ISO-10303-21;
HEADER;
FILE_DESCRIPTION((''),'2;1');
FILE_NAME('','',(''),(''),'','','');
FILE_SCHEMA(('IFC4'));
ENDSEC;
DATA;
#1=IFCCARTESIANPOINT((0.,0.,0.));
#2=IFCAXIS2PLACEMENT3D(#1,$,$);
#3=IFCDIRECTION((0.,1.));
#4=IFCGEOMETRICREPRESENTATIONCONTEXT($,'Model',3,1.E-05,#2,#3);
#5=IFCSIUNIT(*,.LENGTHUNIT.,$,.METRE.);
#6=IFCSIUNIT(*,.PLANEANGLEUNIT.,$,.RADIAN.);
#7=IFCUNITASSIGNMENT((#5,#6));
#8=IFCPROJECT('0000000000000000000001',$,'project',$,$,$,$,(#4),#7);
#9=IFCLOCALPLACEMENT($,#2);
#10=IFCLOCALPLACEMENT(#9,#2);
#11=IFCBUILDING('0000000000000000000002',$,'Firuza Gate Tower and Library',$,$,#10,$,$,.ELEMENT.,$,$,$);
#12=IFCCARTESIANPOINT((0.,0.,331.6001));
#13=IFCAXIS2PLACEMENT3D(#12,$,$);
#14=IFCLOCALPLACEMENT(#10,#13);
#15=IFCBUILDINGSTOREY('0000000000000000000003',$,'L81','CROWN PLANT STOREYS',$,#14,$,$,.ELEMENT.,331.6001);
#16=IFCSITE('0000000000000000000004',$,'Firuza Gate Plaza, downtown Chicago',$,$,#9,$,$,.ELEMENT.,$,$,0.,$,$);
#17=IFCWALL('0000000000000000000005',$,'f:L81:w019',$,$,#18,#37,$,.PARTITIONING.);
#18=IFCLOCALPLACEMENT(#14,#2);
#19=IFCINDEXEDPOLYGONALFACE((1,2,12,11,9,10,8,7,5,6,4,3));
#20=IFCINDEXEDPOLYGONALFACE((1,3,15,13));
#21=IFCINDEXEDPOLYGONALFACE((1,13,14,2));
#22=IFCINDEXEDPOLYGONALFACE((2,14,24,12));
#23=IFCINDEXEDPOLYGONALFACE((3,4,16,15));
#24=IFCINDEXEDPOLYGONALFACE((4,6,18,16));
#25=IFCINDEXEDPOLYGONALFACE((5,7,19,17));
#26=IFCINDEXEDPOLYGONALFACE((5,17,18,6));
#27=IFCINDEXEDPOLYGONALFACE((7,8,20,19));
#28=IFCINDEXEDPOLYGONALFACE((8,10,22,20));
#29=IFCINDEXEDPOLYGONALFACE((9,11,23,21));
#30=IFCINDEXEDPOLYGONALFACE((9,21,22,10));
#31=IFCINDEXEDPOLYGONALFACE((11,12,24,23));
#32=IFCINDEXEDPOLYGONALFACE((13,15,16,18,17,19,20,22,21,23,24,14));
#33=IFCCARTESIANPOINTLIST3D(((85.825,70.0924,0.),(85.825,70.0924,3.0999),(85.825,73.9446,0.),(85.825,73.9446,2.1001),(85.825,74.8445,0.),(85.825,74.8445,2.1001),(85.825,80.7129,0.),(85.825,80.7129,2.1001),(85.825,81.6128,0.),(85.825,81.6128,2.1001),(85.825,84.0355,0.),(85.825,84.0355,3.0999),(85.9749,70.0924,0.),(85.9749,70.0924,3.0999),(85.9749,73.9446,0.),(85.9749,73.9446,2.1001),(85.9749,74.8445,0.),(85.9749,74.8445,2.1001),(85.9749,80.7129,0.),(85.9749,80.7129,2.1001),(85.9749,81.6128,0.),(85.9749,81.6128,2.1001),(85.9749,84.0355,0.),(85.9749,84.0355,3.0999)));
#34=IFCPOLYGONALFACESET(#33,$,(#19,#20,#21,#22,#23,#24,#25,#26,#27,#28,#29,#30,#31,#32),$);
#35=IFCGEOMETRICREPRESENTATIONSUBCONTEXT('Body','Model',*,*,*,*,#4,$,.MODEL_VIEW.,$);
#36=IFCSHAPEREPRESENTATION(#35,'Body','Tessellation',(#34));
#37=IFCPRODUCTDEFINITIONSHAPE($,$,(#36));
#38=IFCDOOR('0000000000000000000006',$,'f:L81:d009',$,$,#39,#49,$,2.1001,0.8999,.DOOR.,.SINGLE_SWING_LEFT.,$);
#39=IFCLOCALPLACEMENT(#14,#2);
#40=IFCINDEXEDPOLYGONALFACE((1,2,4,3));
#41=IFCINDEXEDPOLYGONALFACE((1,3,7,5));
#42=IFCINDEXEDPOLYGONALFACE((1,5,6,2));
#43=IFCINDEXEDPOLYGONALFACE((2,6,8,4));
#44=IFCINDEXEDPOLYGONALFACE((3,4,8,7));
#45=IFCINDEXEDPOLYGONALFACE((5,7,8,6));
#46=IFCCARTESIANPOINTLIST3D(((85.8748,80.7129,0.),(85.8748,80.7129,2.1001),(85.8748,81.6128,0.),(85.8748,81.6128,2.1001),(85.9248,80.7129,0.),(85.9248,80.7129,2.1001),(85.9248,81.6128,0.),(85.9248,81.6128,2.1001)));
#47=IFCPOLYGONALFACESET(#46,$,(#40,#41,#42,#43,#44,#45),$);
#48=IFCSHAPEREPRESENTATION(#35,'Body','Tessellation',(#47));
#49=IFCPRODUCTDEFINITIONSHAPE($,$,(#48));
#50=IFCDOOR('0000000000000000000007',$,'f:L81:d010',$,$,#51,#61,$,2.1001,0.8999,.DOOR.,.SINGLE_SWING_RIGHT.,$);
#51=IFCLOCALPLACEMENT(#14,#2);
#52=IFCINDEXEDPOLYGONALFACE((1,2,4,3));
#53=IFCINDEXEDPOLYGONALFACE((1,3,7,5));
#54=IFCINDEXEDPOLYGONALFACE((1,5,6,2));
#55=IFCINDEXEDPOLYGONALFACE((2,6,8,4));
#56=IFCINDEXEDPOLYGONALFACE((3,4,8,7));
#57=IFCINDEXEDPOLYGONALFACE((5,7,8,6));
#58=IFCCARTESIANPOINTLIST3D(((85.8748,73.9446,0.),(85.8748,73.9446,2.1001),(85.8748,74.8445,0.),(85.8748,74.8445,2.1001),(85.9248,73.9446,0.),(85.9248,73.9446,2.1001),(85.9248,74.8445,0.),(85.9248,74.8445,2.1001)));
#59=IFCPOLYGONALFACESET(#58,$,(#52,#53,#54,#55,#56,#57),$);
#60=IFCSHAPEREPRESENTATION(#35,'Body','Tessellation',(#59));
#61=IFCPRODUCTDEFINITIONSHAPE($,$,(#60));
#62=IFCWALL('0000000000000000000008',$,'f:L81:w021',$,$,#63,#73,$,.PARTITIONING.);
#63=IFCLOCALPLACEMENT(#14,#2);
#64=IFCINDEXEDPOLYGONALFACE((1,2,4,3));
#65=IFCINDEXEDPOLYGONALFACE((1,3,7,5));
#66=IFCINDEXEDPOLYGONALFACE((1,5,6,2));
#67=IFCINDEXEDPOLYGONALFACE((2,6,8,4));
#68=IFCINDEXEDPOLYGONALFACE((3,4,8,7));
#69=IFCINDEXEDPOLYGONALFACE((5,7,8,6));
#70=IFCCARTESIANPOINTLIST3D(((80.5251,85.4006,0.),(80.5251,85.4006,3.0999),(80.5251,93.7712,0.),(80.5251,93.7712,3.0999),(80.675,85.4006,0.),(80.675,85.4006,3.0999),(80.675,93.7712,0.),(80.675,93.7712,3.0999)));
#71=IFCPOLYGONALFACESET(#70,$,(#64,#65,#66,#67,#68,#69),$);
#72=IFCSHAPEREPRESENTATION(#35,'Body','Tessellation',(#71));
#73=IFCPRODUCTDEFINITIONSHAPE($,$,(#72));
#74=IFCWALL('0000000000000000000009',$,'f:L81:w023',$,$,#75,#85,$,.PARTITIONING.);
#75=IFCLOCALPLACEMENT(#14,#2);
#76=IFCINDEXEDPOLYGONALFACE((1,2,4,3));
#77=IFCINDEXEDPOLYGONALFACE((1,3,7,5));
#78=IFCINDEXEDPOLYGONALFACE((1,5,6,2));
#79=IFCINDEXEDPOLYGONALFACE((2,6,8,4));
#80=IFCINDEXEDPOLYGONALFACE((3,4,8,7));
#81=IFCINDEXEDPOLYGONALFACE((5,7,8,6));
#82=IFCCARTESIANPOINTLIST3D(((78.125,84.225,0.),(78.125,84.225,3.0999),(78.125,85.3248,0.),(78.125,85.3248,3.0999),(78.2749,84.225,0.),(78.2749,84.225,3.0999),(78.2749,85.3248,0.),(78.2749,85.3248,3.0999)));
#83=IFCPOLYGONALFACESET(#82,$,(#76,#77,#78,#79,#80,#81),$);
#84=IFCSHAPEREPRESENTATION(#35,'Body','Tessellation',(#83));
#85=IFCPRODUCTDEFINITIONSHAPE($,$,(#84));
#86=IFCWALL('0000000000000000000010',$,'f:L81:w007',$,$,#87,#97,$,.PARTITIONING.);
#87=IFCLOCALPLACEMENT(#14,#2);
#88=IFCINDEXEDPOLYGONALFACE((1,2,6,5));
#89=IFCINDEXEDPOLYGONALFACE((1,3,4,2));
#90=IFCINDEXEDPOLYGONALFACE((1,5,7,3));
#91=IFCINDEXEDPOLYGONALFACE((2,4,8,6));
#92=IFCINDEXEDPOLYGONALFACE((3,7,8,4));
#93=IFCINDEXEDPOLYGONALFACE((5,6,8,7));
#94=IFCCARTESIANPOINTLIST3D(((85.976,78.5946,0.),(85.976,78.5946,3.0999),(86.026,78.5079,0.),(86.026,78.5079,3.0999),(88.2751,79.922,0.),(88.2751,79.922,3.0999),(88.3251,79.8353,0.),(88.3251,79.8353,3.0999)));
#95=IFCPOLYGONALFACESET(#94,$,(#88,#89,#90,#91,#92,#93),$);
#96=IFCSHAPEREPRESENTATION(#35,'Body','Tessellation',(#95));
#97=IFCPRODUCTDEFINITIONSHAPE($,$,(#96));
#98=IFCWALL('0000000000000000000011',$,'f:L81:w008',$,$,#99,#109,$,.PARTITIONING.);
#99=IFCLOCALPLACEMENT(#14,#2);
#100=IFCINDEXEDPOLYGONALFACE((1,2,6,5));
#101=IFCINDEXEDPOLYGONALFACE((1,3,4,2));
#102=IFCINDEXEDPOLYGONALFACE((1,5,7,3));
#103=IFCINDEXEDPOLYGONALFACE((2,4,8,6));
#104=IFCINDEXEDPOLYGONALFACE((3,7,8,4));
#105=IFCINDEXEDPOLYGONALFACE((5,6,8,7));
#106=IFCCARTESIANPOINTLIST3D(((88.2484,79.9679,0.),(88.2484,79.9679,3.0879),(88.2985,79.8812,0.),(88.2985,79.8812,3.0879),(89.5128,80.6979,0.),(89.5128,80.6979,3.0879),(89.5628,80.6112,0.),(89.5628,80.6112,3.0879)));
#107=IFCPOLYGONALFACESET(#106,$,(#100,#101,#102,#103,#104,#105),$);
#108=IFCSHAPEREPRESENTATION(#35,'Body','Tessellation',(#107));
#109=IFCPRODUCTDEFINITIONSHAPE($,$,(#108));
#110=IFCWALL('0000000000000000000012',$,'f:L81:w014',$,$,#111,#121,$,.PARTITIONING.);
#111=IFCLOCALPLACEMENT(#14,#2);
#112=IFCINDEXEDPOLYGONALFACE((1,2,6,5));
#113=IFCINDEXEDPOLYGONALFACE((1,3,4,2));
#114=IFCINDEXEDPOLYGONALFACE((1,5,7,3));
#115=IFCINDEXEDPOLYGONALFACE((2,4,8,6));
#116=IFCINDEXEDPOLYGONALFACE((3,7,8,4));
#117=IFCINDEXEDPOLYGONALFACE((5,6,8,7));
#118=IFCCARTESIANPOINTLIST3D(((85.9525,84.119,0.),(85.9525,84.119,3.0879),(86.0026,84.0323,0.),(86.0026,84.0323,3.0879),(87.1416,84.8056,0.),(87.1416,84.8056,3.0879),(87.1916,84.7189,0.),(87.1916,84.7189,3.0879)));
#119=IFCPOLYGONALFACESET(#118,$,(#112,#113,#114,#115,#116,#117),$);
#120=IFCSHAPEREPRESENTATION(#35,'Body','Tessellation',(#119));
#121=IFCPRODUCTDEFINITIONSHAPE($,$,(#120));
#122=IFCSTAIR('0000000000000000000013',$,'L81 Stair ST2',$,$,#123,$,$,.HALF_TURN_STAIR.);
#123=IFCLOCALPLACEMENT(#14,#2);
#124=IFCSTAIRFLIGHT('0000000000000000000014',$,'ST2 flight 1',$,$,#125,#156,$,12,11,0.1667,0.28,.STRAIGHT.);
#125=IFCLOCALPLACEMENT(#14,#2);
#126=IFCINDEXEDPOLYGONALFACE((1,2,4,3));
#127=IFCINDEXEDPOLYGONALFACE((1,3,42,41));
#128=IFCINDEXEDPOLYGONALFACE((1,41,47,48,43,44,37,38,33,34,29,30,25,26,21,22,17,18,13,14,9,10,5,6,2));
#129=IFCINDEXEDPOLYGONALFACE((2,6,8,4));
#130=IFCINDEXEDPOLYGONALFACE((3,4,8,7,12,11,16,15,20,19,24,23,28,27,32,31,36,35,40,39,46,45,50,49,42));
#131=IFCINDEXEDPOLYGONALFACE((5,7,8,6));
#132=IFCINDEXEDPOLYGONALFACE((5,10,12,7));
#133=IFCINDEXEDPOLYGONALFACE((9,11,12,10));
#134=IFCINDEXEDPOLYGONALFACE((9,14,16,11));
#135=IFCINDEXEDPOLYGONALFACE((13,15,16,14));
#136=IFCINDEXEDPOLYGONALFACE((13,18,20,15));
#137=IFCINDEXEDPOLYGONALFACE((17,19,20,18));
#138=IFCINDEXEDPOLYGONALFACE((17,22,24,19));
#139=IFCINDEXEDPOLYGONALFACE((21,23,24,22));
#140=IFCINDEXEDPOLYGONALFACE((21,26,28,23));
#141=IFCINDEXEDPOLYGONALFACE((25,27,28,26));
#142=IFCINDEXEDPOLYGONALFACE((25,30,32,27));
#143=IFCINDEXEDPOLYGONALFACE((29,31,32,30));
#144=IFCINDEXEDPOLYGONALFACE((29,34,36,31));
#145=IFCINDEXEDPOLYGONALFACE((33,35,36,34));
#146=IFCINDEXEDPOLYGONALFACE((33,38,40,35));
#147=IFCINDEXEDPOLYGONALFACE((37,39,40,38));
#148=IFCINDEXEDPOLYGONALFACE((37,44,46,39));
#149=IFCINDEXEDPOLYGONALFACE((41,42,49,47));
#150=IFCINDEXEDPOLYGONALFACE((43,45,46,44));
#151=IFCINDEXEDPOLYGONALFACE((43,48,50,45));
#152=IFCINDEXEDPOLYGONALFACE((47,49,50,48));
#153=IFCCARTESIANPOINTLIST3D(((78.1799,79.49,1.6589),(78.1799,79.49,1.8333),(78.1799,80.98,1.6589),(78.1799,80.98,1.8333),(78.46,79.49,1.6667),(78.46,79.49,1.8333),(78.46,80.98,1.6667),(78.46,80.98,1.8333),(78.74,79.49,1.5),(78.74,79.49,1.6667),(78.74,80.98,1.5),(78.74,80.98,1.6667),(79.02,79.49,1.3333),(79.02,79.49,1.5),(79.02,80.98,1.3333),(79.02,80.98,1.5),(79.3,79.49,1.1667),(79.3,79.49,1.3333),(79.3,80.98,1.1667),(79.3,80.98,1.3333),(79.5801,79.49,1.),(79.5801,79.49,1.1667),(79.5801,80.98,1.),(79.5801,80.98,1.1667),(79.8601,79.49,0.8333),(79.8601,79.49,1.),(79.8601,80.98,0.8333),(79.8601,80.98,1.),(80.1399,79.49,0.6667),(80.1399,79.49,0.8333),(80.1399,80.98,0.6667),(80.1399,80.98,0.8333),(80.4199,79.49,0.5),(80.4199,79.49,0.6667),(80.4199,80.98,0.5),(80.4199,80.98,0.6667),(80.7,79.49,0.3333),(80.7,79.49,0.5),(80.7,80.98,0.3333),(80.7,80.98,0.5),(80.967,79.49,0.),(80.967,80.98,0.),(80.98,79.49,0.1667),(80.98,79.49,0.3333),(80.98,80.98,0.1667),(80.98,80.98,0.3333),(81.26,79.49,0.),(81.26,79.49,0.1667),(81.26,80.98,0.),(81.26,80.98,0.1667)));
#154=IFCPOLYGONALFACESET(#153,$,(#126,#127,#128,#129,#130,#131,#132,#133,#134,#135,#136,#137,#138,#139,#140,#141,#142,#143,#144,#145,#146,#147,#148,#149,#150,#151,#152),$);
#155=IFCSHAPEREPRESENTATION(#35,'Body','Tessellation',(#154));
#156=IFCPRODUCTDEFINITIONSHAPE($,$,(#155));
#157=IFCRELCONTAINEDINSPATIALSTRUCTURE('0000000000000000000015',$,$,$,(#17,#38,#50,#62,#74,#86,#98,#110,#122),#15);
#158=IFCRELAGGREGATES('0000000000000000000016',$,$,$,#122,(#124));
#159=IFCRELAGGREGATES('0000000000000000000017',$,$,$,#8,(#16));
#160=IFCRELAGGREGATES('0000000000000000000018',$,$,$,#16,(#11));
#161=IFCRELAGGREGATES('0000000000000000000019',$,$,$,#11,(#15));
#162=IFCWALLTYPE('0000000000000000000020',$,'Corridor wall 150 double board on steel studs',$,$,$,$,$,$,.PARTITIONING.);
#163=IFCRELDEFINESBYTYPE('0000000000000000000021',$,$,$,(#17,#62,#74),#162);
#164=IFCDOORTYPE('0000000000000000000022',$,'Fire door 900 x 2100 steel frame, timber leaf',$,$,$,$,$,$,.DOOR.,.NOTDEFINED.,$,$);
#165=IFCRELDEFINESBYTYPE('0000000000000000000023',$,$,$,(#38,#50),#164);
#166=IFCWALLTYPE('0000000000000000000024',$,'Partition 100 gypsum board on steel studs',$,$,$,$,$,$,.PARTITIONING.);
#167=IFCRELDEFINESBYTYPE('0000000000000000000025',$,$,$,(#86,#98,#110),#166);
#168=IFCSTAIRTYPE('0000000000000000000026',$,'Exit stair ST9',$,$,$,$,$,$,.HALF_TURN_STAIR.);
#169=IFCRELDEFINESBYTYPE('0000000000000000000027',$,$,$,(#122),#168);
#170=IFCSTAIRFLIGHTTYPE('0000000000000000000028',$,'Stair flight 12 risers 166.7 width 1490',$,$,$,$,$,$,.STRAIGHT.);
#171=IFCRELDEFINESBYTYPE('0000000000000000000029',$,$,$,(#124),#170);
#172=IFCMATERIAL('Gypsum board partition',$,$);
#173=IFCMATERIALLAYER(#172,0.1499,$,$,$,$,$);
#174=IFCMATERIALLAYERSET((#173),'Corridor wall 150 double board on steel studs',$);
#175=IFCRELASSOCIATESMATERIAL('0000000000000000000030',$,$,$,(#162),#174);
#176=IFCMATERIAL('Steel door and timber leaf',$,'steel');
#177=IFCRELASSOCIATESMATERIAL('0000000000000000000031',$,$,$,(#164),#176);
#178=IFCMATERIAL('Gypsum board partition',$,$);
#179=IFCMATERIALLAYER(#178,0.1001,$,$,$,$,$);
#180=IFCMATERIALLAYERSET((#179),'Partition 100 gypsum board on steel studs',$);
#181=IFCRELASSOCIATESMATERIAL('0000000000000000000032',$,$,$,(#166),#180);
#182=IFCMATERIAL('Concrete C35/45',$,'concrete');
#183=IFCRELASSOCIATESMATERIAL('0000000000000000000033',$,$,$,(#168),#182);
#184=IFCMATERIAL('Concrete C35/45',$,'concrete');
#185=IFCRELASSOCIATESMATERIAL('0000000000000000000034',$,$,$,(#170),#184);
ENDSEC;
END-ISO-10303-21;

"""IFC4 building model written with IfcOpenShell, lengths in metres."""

from ifc_helpers import new_model, si_unit, direction, frame, frame_2d, origin, place, context, subcontext, project, spatial, polyline, rectangle, outline, extrude, material, layer, layer_set, type_object, element, fill, aggregate, save


model = new_model("IFC4")

# Units and contexts
model_context = context("Model", 3, precision=1e-05, world=origin(), true_north=direction((0.0, 1.0)))
body_context = subcontext(model_context, "Body", "Model", "MODEL_VIEW")
ifc_project = project(units=[si_unit("LENGTHUNIT", "METRE"), si_unit("PLANEANGLEUNIT", "RADIAN")], contexts=[model_context])

# Site, building, storey
site_placement = place(None, origin())
site = spatial("IfcSite", under=ifc_project, at=site_placement, Name="Firuza Gate Plaza, downtown Chicago", CompositionType="ELEMENT", RefElevation=0.0)
building_placement = place(site_placement, origin())
building = spatial("IfcBuilding", under=site, at=building_placement, Name="Firuza Gate Tower and Library", CompositionType="ELEMENT")
storey_placement = place(building_placement, frame((0.0, 0.0, 331.6001)))
storey = spatial("IfcBuildingStorey", under=building, at=storey_placement, Name="L81", Description="CROWN PLANT STOREYS", CompositionType="ELEMENT", Elevation=331.6001)

# Shared definitions
placement = place(storey_placement, origin())

# Shared definitions
ifc_material_1 = material(Name="Gypsum board partition")
ifc_layer_1 = layer(ifc_material_1, 0.1499)
ifc_layer_set_1 = layer_set([ifc_layer_1], Name="Corridor wall 150 double board on steel studs")
wall_type_1 = type_object("IfcWallType", Name="Corridor wall 150 double board on steel studs", PredefinedType="PARTITIONING", material=ifc_layer_set_1)
ifc_material_2 = material(Name="Steel door and timber leaf", Category="steel")
door_type = type_object("IfcDoorType", Name="Fire door 900 x 2100 steel frame, timber leaf", OperationType="NOTDEFINED", PredefinedType="DOOR", material=ifc_material_2)

# Wall, openings, doors
wall_1_placement = place(storey_placement, frame((85.8999, 84.0356, 0.0), z_axis=(0.0, 0.0, 1.0), x_axis=(0.0, -1.0, 0.0)))
wall_1 = element("IfcWall", 1, at=wall_1_placement, inside=storey, type_object=wall_type_1, Name="f:L81:w019", PredefinedType="PARTITIONING", context=body_context, shape_type="SweptSolid", body=[
    extrude(rectangle(XDim=13.9431, YDim=0.1499, at=frame_2d((6.9717, 0.0))), origin(), (0.0, 0.0, 1.0), 3.0999),
])
opening_1_placement = place(wall_1_placement, frame((2.4229, 0.0, 0.0)))
opening_1 = element("IfcOpeningElement", 2, at=opening_1_placement, cuts=wall_1, PredefinedType="OPENING", context=body_context, shape_type="SweptSolid", body=[
    extrude(rectangle(XDim=0.8999, YDim=2.1001, at=frame_2d((0.45, 1.05))), frame((0.0, 0.085, 0.0), z_axis=(0.0, -1.0, 0.0), x_axis=(1.0, 0.0, 0.0)), (0.0, 0.0, 1.0), 0.1699),
])
opening_2_placement = place(wall_1_placement, frame((9.1912, 0.0, 0.0)))
opening_2 = element("IfcOpeningElement", 3, at=opening_2_placement, cuts=wall_1, PredefinedType="OPENING", context=body_context, shape_type="SweptSolid", body=[
    extrude(rectangle(XDim=0.8999, YDim=2.1001, at=frame_2d((0.45, 1.05))), frame((0.0, 0.085, 0.0), z_axis=(0.0, -1.0, 0.0), x_axis=(1.0, 0.0, 0.0)), (0.0, 0.0, 1.0), 0.1699),
])
door_1_placement = place(opening_1_placement, origin())
door_1 = element("IfcDoor", 4, at=door_1_placement, inside=storey, type_object=door_type, Name="f:L81:d009", OperationType="SINGLE_SWING_LEFT", OverallHeight=2.1001, OverallWidth=0.8999, PredefinedType="DOOR", context=body_context, shape_type="SweptSolid", body=[
    extrude(rectangle(XDim=0.8999, YDim=2.1001, at=frame_2d((0.45, 1.05))), frame((0.0, 0.0249, 0.0), z_axis=(0.0, -1.0, 0.0), x_axis=(1.0, 0.0, 0.0)), (0.0, 0.0, 1.0), 0.05),
])
fill(opening_1, door_1)
door_2_placement = place(opening_2_placement, origin())
door_2 = element("IfcDoor", 5, at=door_2_placement, inside=storey, type_object=door_type, Name="f:L81:d010", OperationType="SINGLE_SWING_RIGHT", OverallHeight=2.1001, OverallWidth=0.8999, PredefinedType="DOOR", context=body_context, shape_type="SweptSolid", body=[
    extrude(rectangle(XDim=0.8999, YDim=2.1001, at=frame_2d((0.45, 1.05))), frame((0.0, 0.0249, 0.0), z_axis=(0.0, -1.0, 0.0), x_axis=(1.0, 0.0, 0.0)), (0.0, 0.0, 1.0), 0.05),
])
fill(opening_2, door_2)

# Walls
wall_2_placement = place(storey_placement, frame((80.6001, 85.4006, 0.0), z_axis=(0.0, 0.0, 1.0), x_axis=(0.0, 1.0, 0.0)))
element("IfcWall", 6, at=wall_2_placement, inside=storey, type_object=wall_type_1, Name="f:L81:w021", PredefinedType="PARTITIONING", context=body_context, shape_type="SweptSolid", body=[
    extrude(rectangle(XDim=8.3706, YDim=0.1499, at=frame_2d((4.1853, 0.0))), origin(), (0.0, 0.0, 1.0), 3.0999),
])
wall_3_placement = place(storey_placement, frame((78.2, 84.2251, 0.0), z_axis=(0.0, 0.0, 1.0), x_axis=(0.0, 1.0, 0.0)))
element("IfcWall", 7, at=wall_3_placement, inside=storey, type_object=wall_type_1, Name="f:L81:w023", PredefinedType="PARTITIONING", context=body_context, shape_type="SweptSolid", body=[
    extrude(rectangle(XDim=1.0999, YDim=0.1499, at=frame_2d((0.5498, 0.0))), origin(), (0.0, 0.0, 1.0), 3.0999),
])
ifc_material_3 = material(Name="Gypsum board partition")
ifc_layer_2 = layer(ifc_material_3, 0.1001)
ifc_layer_set_2 = layer_set([ifc_layer_2], Name="Partition 100 gypsum board on steel studs")
wall_type_2 = type_object("IfcWallType", Name="Partition 100 gypsum board on steel studs", PredefinedType="PARTITIONING", material=ifc_layer_set_2)
wall_4_placement = place(storey_placement, frame((86.001, 78.5513, 0.0), z_axis=(0.0, 0.0, 1.0), x_axis=(0.866022, 0.500006, 0.0)))
element("IfcWall", 8, at=wall_4_placement, inside=storey, type_object=wall_type_2, Name="f:L81:w007", PredefinedType="PARTITIONING", context=body_context, shape_type="SweptSolid", body=[
    extrude(rectangle(XDim=2.6548, YDim=0.1001, at=frame_2d((1.3274, 0.0))), origin(), (0.0, 0.0, 1.0), 3.0999),
])
wall_5_placement = place(storey_placement, frame((88.2734, 79.9246, 0.0), z_axis=(0.0, 0.0, 1.0), x_axis=(0.866032, 0.499988, 0.0)))
element("IfcWall", 9, at=wall_5_placement, inside=storey, type_object=wall_type_2, Name="f:L81:w008", PredefinedType="PARTITIONING", context=body_context, shape_type="SweptSolid", body=[
    extrude(rectangle(XDim=1.46, YDim=0.1001, at=frame_2d((0.73, 0.0))), origin(), (0.0, 0.0, 1.0), 3.0879),
])
wall_6_placement = place(storey_placement, frame((85.9775, 84.0757, 0.0), z_axis=(0.0, 0.0, 1.0), x_axis=(0.866002, 0.500041, 0.0)))
element("IfcWall", 10, at=wall_6_placement, inside=storey, type_object=wall_type_2, Name="f:L81:w014", PredefinedType="PARTITIONING", context=body_context, shape_type="SweptSolid", body=[
    extrude(rectangle(XDim=1.373, YDim=0.1001, at=frame_2d((0.6865, 0.0))), origin(), (0.0, 0.0, 1.0), 3.0879),
])

# Stair, stair flight
ifc_material_4 = material(Name="Concrete C35/45", Category="concrete")
stair_type = type_object("IfcStairType", Name="Exit stair ST9", PredefinedType="HALF_TURN_STAIR", material=ifc_material_4)
stair = element("IfcStair", 11, at=placement, inside=storey, type_object=stair_type, Name="L81 Stair ST2", PredefinedType="HALF_TURN_STAIR")
ifc_material_5 = material(Name="Concrete C35/45", Category="concrete")
stair_flight_type = type_object("IfcStairFlightType", Name="Stair flight 12 risers 166.7 width 1490", PredefinedType="STRAIGHT", material=ifc_material_5)
stair_flight_1_placement = place(storey_placement, frame((81.26, 80.2351, 0.0), z_axis=(0.0, 0.0, 1.0), x_axis=(-1.0, 0.0, 0.0)))
stair_flight_1 = element("IfcStairFlight", 12, at=stair_flight_1_placement, type_object=stair_flight_type, Name="ST2 flight 1", NumberOfRisers=12, NumberOfTreads=11, PredefinedType="STRAIGHT", RiserHeight=0.1667, TreadLength=0.28, context=body_context, shape_type="SweptSolid", body=[
    extrude(outline(polyline([(0.0, 0.0), (0.0, 0.1667), (0.28, 0.1667), (0.28, 0.3333), (0.5601, 0.3333), (0.5601, 0.5), (0.8401, 0.5), (0.8401, 0.6667), (1.1201, 0.6667), (1.1201, 0.8333), (1.3999, 0.8333), (1.3999, 1.0), (1.6799, 1.0), (1.6799, 1.1667), (1.96, 1.1667), (1.96, 1.3333), (2.24, 1.3333), (2.24, 1.5), (2.52, 1.5), (2.52, 1.6667), (2.8, 1.6667), (2.8, 1.8333), (3.0801, 1.8333), (3.0801, 2.0), (3.0801, 1.6589), (0.293, 0.0), (0.0, 0.0)])), frame((0.0, 0.7451, 0.0), z_axis=(0.0, -1.0, 0.0), x_axis=(1.0, 0.0, 0.0)), (0.0, 0.0, 1.0), 1.49),
])
aggregate(stair, [stair_flight_1])

save(model, "model.ifc")
